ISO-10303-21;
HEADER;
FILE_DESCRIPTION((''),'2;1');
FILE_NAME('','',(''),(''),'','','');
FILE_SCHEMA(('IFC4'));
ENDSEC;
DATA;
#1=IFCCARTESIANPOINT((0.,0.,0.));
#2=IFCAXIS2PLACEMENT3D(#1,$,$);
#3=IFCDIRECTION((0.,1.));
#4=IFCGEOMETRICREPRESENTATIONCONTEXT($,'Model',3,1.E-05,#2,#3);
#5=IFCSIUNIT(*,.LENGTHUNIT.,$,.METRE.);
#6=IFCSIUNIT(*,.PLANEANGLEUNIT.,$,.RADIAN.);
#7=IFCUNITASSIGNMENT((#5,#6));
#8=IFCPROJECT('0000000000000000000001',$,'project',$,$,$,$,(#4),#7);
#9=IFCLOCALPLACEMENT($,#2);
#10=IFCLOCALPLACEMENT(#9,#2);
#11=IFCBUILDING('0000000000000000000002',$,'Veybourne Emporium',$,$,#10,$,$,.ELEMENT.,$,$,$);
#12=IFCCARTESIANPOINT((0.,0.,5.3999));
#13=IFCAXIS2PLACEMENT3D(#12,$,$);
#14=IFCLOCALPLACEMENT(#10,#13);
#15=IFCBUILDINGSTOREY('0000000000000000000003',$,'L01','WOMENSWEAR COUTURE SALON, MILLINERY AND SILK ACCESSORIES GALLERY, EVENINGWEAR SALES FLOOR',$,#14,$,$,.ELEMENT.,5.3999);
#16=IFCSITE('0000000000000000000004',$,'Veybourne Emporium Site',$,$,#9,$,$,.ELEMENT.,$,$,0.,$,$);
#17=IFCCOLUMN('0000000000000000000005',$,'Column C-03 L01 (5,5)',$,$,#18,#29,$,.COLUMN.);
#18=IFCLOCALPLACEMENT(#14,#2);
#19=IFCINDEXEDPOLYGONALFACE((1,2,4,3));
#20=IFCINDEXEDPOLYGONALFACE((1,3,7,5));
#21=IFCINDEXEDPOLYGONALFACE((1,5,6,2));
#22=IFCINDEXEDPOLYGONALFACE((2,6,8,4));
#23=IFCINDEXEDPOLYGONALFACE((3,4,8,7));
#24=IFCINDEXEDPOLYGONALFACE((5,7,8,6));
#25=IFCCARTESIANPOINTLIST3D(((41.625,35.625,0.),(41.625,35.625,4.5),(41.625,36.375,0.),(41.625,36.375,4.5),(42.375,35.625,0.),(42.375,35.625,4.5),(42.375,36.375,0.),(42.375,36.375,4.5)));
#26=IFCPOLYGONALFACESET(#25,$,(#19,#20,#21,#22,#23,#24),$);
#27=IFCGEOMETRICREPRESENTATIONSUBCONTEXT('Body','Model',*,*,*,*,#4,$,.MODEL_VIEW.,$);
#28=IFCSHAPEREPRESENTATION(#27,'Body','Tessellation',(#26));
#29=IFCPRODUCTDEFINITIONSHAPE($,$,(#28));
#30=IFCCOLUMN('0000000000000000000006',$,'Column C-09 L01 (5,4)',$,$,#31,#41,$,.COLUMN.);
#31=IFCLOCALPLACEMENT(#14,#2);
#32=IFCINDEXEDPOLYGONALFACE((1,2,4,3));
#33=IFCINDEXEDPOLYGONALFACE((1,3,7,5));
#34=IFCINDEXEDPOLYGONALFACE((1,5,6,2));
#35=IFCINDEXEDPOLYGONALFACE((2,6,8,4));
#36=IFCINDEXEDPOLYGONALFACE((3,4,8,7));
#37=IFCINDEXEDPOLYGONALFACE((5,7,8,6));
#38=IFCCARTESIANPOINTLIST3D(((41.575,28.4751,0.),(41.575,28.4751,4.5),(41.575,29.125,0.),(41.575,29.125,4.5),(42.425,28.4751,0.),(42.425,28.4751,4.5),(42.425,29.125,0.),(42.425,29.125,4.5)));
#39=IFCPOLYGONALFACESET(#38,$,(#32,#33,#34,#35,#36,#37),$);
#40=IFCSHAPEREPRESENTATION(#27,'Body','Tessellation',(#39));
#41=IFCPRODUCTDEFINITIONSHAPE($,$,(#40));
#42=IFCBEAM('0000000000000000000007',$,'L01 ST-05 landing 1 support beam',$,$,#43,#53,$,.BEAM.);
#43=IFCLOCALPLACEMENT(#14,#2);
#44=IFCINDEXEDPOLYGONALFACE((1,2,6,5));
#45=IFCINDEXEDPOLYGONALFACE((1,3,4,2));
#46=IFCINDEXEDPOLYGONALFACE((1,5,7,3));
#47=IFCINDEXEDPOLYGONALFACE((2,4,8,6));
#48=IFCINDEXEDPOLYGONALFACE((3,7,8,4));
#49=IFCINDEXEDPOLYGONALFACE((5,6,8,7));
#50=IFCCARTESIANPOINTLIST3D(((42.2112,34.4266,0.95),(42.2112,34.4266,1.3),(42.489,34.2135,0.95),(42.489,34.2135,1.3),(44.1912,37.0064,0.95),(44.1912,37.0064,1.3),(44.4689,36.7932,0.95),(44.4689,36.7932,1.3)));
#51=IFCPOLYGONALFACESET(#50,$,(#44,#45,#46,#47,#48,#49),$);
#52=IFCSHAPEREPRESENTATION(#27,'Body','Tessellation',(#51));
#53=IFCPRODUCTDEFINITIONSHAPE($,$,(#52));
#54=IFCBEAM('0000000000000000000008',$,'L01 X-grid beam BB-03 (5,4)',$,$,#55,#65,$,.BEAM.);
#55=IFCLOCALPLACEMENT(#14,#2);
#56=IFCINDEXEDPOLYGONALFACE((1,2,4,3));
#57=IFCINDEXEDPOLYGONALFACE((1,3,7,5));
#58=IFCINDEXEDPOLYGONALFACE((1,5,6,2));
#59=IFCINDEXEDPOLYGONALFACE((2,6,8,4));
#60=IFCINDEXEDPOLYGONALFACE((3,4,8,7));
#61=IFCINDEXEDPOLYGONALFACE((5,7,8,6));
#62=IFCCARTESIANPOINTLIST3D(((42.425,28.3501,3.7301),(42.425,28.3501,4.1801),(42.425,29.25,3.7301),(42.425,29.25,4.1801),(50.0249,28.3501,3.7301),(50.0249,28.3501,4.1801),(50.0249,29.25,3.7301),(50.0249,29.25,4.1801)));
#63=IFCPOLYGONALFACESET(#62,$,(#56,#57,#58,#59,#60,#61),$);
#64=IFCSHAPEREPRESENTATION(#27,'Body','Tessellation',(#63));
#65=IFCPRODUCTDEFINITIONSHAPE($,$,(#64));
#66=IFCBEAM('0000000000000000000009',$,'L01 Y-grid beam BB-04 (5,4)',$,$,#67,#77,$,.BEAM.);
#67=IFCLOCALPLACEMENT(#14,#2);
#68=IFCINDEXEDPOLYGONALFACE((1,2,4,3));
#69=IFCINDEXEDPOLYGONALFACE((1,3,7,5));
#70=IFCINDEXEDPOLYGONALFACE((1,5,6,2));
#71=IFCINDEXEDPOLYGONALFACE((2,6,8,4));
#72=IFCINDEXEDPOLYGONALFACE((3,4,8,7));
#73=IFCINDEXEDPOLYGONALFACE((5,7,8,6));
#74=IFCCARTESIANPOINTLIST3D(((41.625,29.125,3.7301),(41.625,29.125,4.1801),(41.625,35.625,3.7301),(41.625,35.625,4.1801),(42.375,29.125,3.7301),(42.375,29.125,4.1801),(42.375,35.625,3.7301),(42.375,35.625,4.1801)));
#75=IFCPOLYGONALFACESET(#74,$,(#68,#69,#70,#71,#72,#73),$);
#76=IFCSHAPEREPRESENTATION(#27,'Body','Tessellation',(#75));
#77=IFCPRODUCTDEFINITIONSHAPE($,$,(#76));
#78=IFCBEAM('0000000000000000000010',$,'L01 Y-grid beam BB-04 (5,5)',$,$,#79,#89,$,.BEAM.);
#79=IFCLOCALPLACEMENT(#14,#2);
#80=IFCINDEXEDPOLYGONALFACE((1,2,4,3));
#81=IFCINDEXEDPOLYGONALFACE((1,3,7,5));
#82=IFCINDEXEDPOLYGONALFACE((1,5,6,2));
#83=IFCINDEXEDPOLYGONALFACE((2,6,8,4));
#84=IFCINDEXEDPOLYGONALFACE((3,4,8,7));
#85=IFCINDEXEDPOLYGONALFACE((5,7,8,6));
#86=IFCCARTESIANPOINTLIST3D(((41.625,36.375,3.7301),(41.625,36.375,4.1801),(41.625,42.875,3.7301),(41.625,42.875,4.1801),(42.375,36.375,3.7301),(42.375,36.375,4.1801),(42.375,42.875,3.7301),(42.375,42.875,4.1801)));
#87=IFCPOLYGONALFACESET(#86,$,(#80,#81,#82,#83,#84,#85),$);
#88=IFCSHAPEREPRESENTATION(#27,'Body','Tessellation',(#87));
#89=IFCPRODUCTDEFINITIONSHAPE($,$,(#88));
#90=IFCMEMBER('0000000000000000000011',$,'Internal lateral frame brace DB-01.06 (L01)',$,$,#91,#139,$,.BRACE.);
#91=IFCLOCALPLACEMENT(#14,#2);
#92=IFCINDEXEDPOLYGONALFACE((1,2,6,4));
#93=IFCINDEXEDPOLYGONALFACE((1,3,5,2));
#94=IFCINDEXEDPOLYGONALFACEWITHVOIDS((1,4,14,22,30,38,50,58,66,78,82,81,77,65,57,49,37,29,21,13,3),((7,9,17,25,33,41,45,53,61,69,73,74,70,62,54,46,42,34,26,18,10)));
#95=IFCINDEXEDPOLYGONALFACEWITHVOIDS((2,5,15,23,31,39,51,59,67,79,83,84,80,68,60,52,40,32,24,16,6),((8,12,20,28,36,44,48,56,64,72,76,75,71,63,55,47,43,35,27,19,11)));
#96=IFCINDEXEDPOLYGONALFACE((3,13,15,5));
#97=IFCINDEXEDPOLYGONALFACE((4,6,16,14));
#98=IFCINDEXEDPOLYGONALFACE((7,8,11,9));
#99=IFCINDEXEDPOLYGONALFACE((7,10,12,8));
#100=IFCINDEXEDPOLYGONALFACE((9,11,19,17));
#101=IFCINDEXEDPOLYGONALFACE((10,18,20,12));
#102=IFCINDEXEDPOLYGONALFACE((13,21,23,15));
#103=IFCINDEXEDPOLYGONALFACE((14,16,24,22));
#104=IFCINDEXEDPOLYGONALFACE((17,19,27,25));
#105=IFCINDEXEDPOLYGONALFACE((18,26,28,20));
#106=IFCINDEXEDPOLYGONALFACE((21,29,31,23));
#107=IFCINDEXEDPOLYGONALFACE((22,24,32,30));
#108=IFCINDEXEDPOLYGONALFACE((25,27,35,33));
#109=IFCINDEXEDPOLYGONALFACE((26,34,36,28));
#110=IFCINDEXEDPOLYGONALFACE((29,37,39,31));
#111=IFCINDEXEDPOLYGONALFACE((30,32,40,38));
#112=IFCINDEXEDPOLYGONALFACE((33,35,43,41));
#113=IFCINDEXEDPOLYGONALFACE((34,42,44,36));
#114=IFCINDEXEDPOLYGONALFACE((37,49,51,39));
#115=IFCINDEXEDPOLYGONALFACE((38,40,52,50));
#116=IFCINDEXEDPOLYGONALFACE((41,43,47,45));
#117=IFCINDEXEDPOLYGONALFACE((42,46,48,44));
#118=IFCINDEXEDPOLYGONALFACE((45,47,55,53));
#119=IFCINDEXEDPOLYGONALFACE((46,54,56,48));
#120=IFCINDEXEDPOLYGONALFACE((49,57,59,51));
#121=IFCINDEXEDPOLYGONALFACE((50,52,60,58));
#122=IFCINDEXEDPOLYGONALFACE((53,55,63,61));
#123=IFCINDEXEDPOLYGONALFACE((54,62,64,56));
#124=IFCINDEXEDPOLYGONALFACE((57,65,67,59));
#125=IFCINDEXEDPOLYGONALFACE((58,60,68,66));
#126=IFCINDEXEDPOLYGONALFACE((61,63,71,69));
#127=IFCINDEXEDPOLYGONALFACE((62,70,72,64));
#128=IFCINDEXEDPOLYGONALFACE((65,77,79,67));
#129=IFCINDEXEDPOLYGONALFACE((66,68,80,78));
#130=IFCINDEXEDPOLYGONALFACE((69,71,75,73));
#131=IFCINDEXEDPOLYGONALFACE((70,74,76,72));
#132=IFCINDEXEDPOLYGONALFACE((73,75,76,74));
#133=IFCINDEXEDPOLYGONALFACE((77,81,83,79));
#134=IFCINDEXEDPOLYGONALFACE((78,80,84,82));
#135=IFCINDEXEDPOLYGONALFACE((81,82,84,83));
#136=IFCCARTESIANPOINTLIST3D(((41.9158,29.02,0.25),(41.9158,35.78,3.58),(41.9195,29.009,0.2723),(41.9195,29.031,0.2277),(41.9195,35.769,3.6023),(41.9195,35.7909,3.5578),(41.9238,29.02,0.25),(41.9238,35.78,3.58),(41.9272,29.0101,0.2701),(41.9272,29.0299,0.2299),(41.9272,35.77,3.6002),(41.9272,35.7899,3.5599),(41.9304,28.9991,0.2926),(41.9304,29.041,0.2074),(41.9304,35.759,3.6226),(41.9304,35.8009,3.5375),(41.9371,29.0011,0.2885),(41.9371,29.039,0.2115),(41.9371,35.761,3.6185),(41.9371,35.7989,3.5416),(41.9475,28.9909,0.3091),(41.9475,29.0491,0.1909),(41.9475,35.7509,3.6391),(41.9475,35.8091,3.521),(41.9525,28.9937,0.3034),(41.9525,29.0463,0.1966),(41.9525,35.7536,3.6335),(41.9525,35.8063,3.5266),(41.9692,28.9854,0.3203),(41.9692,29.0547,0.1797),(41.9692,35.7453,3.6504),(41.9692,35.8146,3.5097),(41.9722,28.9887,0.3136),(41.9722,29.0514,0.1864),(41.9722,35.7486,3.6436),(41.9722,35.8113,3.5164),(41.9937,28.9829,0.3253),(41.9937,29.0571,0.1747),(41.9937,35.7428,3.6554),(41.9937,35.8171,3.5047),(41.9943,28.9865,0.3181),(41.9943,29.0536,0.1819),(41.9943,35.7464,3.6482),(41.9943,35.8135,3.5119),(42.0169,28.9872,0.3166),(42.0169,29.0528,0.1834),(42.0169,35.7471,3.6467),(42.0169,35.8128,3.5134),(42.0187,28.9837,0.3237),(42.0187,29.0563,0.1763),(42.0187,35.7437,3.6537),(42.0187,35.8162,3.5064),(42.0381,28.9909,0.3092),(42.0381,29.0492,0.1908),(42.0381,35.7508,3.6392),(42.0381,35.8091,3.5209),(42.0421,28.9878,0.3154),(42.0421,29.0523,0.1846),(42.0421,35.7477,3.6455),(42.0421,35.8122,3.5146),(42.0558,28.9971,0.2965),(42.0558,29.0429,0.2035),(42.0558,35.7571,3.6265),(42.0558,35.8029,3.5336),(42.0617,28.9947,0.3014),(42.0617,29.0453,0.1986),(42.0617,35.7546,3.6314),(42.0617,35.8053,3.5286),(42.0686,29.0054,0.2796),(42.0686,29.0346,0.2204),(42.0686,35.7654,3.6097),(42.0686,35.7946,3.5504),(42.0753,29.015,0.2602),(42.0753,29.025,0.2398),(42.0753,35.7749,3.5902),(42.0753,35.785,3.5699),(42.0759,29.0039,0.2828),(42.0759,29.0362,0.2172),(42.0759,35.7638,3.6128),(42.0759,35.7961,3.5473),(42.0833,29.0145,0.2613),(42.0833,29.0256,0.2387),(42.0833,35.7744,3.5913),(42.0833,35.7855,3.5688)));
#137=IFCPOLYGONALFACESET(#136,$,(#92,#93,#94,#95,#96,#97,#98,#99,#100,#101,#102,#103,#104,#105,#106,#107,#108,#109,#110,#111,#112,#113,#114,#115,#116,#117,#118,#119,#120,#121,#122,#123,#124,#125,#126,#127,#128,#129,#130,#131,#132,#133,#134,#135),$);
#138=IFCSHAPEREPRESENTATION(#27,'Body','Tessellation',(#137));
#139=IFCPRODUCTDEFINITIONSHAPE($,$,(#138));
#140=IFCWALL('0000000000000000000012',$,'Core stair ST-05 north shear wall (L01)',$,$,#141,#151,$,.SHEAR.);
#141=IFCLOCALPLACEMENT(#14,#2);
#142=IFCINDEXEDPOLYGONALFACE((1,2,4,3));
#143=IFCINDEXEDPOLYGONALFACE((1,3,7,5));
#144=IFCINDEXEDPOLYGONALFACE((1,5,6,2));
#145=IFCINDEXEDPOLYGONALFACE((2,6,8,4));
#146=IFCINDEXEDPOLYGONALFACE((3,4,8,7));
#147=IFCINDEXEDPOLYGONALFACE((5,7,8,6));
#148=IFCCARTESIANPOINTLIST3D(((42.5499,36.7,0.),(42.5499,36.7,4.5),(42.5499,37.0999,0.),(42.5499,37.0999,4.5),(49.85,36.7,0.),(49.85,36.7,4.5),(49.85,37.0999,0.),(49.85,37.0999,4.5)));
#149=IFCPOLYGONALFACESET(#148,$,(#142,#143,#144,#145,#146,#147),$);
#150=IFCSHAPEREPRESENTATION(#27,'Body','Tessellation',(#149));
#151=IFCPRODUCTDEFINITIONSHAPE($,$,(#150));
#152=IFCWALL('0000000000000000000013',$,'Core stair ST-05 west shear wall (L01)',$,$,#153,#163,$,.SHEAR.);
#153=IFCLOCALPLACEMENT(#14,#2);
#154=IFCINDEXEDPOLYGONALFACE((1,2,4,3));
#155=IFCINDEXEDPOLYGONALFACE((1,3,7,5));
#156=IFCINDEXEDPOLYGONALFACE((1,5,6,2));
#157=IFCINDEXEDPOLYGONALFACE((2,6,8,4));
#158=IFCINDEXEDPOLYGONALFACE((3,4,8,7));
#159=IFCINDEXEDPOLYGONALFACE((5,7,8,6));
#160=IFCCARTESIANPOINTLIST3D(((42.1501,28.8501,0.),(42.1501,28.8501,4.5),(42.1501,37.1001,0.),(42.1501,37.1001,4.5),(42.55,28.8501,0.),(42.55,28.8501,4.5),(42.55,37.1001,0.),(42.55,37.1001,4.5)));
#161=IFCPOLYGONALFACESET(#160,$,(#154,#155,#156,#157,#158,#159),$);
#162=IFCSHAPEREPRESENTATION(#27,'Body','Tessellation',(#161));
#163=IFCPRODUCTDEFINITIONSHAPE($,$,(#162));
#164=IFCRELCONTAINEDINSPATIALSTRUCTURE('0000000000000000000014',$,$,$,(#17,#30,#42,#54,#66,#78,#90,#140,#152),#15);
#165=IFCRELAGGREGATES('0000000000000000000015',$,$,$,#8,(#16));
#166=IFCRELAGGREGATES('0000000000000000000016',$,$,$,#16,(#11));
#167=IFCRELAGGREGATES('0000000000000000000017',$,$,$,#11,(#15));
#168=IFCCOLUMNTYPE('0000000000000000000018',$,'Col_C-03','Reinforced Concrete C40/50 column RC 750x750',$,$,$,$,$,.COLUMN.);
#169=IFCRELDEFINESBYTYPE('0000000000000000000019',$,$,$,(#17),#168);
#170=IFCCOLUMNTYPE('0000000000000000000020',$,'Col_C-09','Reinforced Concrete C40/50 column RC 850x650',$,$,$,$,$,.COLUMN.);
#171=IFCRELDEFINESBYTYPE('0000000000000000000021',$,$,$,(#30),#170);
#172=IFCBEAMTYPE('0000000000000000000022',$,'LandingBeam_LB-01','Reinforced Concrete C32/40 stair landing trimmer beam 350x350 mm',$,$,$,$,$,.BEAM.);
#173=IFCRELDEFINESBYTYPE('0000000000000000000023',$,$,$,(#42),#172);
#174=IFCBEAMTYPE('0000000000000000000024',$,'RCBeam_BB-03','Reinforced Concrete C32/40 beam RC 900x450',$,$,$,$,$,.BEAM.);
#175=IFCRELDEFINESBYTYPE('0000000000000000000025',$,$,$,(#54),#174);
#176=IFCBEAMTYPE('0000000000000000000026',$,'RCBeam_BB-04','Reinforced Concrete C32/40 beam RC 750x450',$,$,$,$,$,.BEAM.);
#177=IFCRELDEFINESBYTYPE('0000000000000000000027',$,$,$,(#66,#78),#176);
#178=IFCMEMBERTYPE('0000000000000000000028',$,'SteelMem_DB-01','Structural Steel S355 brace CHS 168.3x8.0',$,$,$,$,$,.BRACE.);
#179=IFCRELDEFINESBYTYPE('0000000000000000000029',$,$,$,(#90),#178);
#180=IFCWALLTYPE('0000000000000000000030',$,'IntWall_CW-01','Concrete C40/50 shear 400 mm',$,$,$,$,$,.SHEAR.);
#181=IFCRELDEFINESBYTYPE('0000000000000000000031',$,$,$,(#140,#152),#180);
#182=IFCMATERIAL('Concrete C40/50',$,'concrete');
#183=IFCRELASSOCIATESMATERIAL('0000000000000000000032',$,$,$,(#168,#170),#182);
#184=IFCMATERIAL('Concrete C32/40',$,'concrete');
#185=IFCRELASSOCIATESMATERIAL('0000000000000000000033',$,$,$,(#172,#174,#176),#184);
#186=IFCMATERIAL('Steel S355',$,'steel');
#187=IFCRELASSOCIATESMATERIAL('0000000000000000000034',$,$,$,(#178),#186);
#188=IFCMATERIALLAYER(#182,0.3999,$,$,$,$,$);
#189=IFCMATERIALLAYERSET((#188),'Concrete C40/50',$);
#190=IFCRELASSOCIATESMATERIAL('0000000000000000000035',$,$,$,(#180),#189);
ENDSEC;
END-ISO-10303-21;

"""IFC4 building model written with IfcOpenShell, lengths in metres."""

from ifc_helpers import new_model, si_unit, direction, frame, frame_2d, origin, origin_2d, place, context, subcontext, project, spatial, rectangle, hollow_circle, extrude, material, layer, layer_set, material_profile, profile_set, type_object, element, save


model = new_model("IFC4")

# Units and contexts
model_context = context("Model", 3, precision=1e-05, world=origin(), true_north=direction((0.0, 1.0)))
body_context = subcontext(model_context, "Body", "Model", "MODEL_VIEW")
ifc_project = project(units=[si_unit("LENGTHUNIT", "METRE"), si_unit("PLANEANGLEUNIT", "RADIAN")], contexts=[model_context])

# Site, building, storey
site_placement = place(None, origin())
site = spatial("IfcSite", under=ifc_project, at=site_placement, Name="Veybourne Emporium Site", CompositionType="ELEMENT", RefElevation=0.0)
building_placement = place(site_placement, origin())
building = spatial("IfcBuilding", under=site, at=building_placement, Name="Veybourne Emporium", CompositionType="ELEMENT")
storey_placement = place(building_placement, frame((0.0, 0.0, 5.3999)))
storey = spatial("IfcBuildingStorey", under=building, at=storey_placement, Name="L01", Description="WOMENSWEAR COUTURE SALON, MILLINERY AND SILK ACCESSORIES GALLERY, EVENINGWEAR SALES FLOOR", CompositionType="ELEMENT", Elevation=5.3999)

# Columns
ifc_material_1 = material(Name="Concrete C40/50", Category="concrete")
ifc_material_profile_1 = material_profile(ifc_material_1, rectangle(XDim=0.75, YDim=0.75, at=origin_2d()), Name="RC 750x750")
ifc_profile_set_1 = profile_set([ifc_material_profile_1], Name="Concrete C40/50")
column_type_1 = type_object("IfcColumnType", Name="Col_C-03", Description="Reinforced Concrete C40/50 column RC 750x750", PredefinedType="COLUMN", material=ifc_profile_set_1)
column_1_placement = place(storey_placement, frame((42.0, 36.0, 0.0), z_axis=(0.0, 0.0, 1.0), x_axis=(1.0, 0.0, 0.0)))
element("IfcColumn", 1, at=column_1_placement, inside=storey, type_object=column_type_1, Name="Column C-03 L01 (5,5)", PredefinedType="COLUMN", context=body_context, shape_type="SweptSolid", body=[
    extrude(rectangle(XDim=0.75, YDim=0.75, at=origin_2d()), origin(), (0.0, 0.0, 1.0), 4.5),
])
ifc_material_profile_2 = material_profile(ifc_material_1, rectangle(XDim=0.8501, YDim=0.6499, at=origin_2d()), Name="RC 850x650")
ifc_profile_set_2 = profile_set([ifc_material_profile_2], Name="Concrete C40/50")
column_type_2 = type_object("IfcColumnType", Name="Col_C-09", Description="Reinforced Concrete C40/50 column RC 850x650", PredefinedType="COLUMN", material=ifc_profile_set_2)
column_2_placement = place(storey_placement, frame((42.0, 28.8, 0.0), z_axis=(0.0, 0.0, 1.0), x_axis=(1.0, 0.0, 0.0)))
element("IfcColumn", 2, at=column_2_placement, inside=storey, type_object=column_type_2, Name="Column C-09 L01 (5,4)", PredefinedType="COLUMN", context=body_context, shape_type="SweptSolid", body=[
    extrude(rectangle(XDim=0.8501, YDim=0.6499, at=origin_2d()), origin(), (0.0, 0.0, 1.0), 4.5),
])

# Beams
ifc_material_2 = material(Name="Concrete C32/40", Category="concrete")
ifc_material_profile_3 = material_profile(ifc_material_2, rectangle(XDim=0.3501, YDim=0.3501, at=origin_2d()), Name="RC 350x350")
ifc_profile_set_3 = profile_set([ifc_material_profile_3], Name="Concrete C32/40")
beam_type_1 = type_object("IfcBeamType", Name="LandingBeam_LB-01", Description="Reinforced Concrete C32/40 stair landing trimmer beam 350x350 mm", PredefinedType="BEAM", material=ifc_profile_set_3)
beam_1_placement = place(storey_placement, frame((42.3501, 34.3201, 1.125), z_axis=(0.60884, 0.793293, 0.0), x_axis=(-0.793293, 0.60884, 0.0)))
element("IfcBeam", 3, at=beam_1_placement, inside=storey, type_object=beam_type_1, Name="L01 ST-05 landing 1 support beam", PredefinedType="BEAM", context=body_context, shape_type="SweptSolid", body=[
    extrude(rectangle(XDim=0.3501, YDim=0.3501, at=origin_2d()), origin(), (0.0, 0.0, 1.0), 3.252),
])
ifc_material_profile_4 = material_profile(ifc_material_2, rectangle(XDim=0.8999, YDim=0.45, at=origin_2d()), Name="RC 900x450")
ifc_profile_set_4 = profile_set([ifc_material_profile_4], Name="Concrete C32/40")
beam_type_2 = type_object("IfcBeamType", Name="RCBeam_BB-03", Description="Reinforced Concrete C32/40 beam RC 900x450", PredefinedType="BEAM", material=ifc_profile_set_4)
beam_2_placement = place(storey_placement, frame((42.425, 28.8, 3.9551), z_axis=(1.0, 0.0, 0.0), x_axis=(0.0, 1.0, 0.0)))
element("IfcBeam", 4, at=beam_2_placement, inside=storey, type_object=beam_type_2, Name="L01 X-grid beam BB-03 (5,4)", PredefinedType="BEAM", context=body_context, shape_type="SweptSolid", body=[
    extrude(rectangle(XDim=0.8999, YDim=0.45, at=origin_2d()), origin(), (0.0, 0.0, 1.0), 7.5999),
])
ifc_material_profile_5 = material_profile(ifc_material_2, rectangle(XDim=0.75, YDim=0.45, at=origin_2d()), Name="RC 750x450")
ifc_profile_set_5 = profile_set([ifc_material_profile_5], Name="Concrete C32/40")
beam_type_3 = type_object("IfcBeamType", Name="RCBeam_BB-04", Description="Reinforced Concrete C32/40 beam RC 750x450", PredefinedType="BEAM", material=ifc_profile_set_5)
for number, where, z_axis, x_axis, name in (
    (5, (42.0, 29.125, 3.9551), (0.0, 1.0, 0.0), (-1.0, 0.0, 0.0), "L01 Y-grid beam BB-04 (5,4)"),
    (6, (42.0, 36.375, 3.9551), (0.0, 1.0, 0.0), (-1.0, 0.0, 0.0), "L01 Y-grid beam BB-04 (5,5)"),
):
    element("IfcBeam", number, at=place(storey_placement, frame(where, z_axis=z_axis, x_axis=x_axis)), inside=storey, type_object=beam_type_3, Name=name, PredefinedType="BEAM", context=body_context, shape_type="SweptSolid", body=[
        extrude(rectangle(XDim=0.75, YDim=0.45, at=origin_2d()), origin(), (0.0, 0.0, 1.0), 6.5),
    ])

# Member
ifc_material_3 = material(Name="Steel S355", Category="steel")
ifc_material_profile_6 = material_profile(ifc_material_3, hollow_circle(Radius=0.0842, WallThickness=0.0081, at=origin_2d()), Name="CHS 168.3x8.0")
ifc_profile_set_6 = profile_set([ifc_material_profile_6], Name="Steel S355")
member_type = type_object("IfcMemberType", Name="SteelMem_DB-01", Description="Structural Steel S355 brace CHS 168.3x8.0", PredefinedType="BRACE", material=ifc_profile_set_6)
member_placement = place(storey_placement, frame((42.0, 29.02, 0.25), z_axis=(0.0, 0.897062, 0.441905), x_axis=(-1.0, 0.0, 0.0)))
element("IfcMember", 7, at=member_placement, inside=storey, type_object=member_type, Name="Internal lateral frame brace DB-01.06 (L01)", PredefinedType="BRACE", context=body_context, shape_type="SweptSolid", body=[
    extrude(hollow_circle(Radius=0.0842, WallThickness=0.0081, at=origin_2d()), origin(), (0.0, 0.0, 1.0), 7.5356),
])

# Walls
ifc_layer_1 = layer(ifc_material_1, 0.3999)
ifc_layer_set_1 = layer_set([ifc_layer_1], Name="Concrete C40/50")
wall_type_1 = type_object("IfcWallType", Name="IntWall_CW-01", Description="Concrete C40/50 shear 400 mm", PredefinedType="SHEAR", material=ifc_layer_set_1)
wall_1_placement = place(storey_placement, frame((42.55, 36.8999, 0.0), z_axis=(0.0, 0.0, 1.0), x_axis=(1.0, 0.0, 0.0)))
element("IfcWall", 8, at=wall_1_placement, inside=storey, type_object=wall_type_1, Name="Core stair ST-05 north shear wall (L01)", PredefinedType="SHEAR", context=body_context, shape_type="SweptSolid", body=[
    extrude(rectangle(XDim=7.3, YDim=0.3999, at=frame_2d((3.6499, 0.0))), origin(), (0.0, 0.0, 1.0), 4.5),
])
wall_2_placement = place(storey_placement, frame((42.3501, 37.1001, 0.0), z_axis=(0.0, 0.0, 1.0), x_axis=(0.0, -1.0, 0.0)))
element("IfcWall", 9, at=wall_2_placement, inside=storey, type_object=wall_type_1, Name="Core stair ST-05 west shear wall (L01)", PredefinedType="SHEAR", context=body_context, shape_type="SweptSolid", body=[
    extrude(rectangle(XDim=8.25, YDim=0.3999, at=frame_2d((4.125, 0.0))), origin(), (0.0, 0.0, 1.0), 4.5),
])

save(model, "model.ifc")
